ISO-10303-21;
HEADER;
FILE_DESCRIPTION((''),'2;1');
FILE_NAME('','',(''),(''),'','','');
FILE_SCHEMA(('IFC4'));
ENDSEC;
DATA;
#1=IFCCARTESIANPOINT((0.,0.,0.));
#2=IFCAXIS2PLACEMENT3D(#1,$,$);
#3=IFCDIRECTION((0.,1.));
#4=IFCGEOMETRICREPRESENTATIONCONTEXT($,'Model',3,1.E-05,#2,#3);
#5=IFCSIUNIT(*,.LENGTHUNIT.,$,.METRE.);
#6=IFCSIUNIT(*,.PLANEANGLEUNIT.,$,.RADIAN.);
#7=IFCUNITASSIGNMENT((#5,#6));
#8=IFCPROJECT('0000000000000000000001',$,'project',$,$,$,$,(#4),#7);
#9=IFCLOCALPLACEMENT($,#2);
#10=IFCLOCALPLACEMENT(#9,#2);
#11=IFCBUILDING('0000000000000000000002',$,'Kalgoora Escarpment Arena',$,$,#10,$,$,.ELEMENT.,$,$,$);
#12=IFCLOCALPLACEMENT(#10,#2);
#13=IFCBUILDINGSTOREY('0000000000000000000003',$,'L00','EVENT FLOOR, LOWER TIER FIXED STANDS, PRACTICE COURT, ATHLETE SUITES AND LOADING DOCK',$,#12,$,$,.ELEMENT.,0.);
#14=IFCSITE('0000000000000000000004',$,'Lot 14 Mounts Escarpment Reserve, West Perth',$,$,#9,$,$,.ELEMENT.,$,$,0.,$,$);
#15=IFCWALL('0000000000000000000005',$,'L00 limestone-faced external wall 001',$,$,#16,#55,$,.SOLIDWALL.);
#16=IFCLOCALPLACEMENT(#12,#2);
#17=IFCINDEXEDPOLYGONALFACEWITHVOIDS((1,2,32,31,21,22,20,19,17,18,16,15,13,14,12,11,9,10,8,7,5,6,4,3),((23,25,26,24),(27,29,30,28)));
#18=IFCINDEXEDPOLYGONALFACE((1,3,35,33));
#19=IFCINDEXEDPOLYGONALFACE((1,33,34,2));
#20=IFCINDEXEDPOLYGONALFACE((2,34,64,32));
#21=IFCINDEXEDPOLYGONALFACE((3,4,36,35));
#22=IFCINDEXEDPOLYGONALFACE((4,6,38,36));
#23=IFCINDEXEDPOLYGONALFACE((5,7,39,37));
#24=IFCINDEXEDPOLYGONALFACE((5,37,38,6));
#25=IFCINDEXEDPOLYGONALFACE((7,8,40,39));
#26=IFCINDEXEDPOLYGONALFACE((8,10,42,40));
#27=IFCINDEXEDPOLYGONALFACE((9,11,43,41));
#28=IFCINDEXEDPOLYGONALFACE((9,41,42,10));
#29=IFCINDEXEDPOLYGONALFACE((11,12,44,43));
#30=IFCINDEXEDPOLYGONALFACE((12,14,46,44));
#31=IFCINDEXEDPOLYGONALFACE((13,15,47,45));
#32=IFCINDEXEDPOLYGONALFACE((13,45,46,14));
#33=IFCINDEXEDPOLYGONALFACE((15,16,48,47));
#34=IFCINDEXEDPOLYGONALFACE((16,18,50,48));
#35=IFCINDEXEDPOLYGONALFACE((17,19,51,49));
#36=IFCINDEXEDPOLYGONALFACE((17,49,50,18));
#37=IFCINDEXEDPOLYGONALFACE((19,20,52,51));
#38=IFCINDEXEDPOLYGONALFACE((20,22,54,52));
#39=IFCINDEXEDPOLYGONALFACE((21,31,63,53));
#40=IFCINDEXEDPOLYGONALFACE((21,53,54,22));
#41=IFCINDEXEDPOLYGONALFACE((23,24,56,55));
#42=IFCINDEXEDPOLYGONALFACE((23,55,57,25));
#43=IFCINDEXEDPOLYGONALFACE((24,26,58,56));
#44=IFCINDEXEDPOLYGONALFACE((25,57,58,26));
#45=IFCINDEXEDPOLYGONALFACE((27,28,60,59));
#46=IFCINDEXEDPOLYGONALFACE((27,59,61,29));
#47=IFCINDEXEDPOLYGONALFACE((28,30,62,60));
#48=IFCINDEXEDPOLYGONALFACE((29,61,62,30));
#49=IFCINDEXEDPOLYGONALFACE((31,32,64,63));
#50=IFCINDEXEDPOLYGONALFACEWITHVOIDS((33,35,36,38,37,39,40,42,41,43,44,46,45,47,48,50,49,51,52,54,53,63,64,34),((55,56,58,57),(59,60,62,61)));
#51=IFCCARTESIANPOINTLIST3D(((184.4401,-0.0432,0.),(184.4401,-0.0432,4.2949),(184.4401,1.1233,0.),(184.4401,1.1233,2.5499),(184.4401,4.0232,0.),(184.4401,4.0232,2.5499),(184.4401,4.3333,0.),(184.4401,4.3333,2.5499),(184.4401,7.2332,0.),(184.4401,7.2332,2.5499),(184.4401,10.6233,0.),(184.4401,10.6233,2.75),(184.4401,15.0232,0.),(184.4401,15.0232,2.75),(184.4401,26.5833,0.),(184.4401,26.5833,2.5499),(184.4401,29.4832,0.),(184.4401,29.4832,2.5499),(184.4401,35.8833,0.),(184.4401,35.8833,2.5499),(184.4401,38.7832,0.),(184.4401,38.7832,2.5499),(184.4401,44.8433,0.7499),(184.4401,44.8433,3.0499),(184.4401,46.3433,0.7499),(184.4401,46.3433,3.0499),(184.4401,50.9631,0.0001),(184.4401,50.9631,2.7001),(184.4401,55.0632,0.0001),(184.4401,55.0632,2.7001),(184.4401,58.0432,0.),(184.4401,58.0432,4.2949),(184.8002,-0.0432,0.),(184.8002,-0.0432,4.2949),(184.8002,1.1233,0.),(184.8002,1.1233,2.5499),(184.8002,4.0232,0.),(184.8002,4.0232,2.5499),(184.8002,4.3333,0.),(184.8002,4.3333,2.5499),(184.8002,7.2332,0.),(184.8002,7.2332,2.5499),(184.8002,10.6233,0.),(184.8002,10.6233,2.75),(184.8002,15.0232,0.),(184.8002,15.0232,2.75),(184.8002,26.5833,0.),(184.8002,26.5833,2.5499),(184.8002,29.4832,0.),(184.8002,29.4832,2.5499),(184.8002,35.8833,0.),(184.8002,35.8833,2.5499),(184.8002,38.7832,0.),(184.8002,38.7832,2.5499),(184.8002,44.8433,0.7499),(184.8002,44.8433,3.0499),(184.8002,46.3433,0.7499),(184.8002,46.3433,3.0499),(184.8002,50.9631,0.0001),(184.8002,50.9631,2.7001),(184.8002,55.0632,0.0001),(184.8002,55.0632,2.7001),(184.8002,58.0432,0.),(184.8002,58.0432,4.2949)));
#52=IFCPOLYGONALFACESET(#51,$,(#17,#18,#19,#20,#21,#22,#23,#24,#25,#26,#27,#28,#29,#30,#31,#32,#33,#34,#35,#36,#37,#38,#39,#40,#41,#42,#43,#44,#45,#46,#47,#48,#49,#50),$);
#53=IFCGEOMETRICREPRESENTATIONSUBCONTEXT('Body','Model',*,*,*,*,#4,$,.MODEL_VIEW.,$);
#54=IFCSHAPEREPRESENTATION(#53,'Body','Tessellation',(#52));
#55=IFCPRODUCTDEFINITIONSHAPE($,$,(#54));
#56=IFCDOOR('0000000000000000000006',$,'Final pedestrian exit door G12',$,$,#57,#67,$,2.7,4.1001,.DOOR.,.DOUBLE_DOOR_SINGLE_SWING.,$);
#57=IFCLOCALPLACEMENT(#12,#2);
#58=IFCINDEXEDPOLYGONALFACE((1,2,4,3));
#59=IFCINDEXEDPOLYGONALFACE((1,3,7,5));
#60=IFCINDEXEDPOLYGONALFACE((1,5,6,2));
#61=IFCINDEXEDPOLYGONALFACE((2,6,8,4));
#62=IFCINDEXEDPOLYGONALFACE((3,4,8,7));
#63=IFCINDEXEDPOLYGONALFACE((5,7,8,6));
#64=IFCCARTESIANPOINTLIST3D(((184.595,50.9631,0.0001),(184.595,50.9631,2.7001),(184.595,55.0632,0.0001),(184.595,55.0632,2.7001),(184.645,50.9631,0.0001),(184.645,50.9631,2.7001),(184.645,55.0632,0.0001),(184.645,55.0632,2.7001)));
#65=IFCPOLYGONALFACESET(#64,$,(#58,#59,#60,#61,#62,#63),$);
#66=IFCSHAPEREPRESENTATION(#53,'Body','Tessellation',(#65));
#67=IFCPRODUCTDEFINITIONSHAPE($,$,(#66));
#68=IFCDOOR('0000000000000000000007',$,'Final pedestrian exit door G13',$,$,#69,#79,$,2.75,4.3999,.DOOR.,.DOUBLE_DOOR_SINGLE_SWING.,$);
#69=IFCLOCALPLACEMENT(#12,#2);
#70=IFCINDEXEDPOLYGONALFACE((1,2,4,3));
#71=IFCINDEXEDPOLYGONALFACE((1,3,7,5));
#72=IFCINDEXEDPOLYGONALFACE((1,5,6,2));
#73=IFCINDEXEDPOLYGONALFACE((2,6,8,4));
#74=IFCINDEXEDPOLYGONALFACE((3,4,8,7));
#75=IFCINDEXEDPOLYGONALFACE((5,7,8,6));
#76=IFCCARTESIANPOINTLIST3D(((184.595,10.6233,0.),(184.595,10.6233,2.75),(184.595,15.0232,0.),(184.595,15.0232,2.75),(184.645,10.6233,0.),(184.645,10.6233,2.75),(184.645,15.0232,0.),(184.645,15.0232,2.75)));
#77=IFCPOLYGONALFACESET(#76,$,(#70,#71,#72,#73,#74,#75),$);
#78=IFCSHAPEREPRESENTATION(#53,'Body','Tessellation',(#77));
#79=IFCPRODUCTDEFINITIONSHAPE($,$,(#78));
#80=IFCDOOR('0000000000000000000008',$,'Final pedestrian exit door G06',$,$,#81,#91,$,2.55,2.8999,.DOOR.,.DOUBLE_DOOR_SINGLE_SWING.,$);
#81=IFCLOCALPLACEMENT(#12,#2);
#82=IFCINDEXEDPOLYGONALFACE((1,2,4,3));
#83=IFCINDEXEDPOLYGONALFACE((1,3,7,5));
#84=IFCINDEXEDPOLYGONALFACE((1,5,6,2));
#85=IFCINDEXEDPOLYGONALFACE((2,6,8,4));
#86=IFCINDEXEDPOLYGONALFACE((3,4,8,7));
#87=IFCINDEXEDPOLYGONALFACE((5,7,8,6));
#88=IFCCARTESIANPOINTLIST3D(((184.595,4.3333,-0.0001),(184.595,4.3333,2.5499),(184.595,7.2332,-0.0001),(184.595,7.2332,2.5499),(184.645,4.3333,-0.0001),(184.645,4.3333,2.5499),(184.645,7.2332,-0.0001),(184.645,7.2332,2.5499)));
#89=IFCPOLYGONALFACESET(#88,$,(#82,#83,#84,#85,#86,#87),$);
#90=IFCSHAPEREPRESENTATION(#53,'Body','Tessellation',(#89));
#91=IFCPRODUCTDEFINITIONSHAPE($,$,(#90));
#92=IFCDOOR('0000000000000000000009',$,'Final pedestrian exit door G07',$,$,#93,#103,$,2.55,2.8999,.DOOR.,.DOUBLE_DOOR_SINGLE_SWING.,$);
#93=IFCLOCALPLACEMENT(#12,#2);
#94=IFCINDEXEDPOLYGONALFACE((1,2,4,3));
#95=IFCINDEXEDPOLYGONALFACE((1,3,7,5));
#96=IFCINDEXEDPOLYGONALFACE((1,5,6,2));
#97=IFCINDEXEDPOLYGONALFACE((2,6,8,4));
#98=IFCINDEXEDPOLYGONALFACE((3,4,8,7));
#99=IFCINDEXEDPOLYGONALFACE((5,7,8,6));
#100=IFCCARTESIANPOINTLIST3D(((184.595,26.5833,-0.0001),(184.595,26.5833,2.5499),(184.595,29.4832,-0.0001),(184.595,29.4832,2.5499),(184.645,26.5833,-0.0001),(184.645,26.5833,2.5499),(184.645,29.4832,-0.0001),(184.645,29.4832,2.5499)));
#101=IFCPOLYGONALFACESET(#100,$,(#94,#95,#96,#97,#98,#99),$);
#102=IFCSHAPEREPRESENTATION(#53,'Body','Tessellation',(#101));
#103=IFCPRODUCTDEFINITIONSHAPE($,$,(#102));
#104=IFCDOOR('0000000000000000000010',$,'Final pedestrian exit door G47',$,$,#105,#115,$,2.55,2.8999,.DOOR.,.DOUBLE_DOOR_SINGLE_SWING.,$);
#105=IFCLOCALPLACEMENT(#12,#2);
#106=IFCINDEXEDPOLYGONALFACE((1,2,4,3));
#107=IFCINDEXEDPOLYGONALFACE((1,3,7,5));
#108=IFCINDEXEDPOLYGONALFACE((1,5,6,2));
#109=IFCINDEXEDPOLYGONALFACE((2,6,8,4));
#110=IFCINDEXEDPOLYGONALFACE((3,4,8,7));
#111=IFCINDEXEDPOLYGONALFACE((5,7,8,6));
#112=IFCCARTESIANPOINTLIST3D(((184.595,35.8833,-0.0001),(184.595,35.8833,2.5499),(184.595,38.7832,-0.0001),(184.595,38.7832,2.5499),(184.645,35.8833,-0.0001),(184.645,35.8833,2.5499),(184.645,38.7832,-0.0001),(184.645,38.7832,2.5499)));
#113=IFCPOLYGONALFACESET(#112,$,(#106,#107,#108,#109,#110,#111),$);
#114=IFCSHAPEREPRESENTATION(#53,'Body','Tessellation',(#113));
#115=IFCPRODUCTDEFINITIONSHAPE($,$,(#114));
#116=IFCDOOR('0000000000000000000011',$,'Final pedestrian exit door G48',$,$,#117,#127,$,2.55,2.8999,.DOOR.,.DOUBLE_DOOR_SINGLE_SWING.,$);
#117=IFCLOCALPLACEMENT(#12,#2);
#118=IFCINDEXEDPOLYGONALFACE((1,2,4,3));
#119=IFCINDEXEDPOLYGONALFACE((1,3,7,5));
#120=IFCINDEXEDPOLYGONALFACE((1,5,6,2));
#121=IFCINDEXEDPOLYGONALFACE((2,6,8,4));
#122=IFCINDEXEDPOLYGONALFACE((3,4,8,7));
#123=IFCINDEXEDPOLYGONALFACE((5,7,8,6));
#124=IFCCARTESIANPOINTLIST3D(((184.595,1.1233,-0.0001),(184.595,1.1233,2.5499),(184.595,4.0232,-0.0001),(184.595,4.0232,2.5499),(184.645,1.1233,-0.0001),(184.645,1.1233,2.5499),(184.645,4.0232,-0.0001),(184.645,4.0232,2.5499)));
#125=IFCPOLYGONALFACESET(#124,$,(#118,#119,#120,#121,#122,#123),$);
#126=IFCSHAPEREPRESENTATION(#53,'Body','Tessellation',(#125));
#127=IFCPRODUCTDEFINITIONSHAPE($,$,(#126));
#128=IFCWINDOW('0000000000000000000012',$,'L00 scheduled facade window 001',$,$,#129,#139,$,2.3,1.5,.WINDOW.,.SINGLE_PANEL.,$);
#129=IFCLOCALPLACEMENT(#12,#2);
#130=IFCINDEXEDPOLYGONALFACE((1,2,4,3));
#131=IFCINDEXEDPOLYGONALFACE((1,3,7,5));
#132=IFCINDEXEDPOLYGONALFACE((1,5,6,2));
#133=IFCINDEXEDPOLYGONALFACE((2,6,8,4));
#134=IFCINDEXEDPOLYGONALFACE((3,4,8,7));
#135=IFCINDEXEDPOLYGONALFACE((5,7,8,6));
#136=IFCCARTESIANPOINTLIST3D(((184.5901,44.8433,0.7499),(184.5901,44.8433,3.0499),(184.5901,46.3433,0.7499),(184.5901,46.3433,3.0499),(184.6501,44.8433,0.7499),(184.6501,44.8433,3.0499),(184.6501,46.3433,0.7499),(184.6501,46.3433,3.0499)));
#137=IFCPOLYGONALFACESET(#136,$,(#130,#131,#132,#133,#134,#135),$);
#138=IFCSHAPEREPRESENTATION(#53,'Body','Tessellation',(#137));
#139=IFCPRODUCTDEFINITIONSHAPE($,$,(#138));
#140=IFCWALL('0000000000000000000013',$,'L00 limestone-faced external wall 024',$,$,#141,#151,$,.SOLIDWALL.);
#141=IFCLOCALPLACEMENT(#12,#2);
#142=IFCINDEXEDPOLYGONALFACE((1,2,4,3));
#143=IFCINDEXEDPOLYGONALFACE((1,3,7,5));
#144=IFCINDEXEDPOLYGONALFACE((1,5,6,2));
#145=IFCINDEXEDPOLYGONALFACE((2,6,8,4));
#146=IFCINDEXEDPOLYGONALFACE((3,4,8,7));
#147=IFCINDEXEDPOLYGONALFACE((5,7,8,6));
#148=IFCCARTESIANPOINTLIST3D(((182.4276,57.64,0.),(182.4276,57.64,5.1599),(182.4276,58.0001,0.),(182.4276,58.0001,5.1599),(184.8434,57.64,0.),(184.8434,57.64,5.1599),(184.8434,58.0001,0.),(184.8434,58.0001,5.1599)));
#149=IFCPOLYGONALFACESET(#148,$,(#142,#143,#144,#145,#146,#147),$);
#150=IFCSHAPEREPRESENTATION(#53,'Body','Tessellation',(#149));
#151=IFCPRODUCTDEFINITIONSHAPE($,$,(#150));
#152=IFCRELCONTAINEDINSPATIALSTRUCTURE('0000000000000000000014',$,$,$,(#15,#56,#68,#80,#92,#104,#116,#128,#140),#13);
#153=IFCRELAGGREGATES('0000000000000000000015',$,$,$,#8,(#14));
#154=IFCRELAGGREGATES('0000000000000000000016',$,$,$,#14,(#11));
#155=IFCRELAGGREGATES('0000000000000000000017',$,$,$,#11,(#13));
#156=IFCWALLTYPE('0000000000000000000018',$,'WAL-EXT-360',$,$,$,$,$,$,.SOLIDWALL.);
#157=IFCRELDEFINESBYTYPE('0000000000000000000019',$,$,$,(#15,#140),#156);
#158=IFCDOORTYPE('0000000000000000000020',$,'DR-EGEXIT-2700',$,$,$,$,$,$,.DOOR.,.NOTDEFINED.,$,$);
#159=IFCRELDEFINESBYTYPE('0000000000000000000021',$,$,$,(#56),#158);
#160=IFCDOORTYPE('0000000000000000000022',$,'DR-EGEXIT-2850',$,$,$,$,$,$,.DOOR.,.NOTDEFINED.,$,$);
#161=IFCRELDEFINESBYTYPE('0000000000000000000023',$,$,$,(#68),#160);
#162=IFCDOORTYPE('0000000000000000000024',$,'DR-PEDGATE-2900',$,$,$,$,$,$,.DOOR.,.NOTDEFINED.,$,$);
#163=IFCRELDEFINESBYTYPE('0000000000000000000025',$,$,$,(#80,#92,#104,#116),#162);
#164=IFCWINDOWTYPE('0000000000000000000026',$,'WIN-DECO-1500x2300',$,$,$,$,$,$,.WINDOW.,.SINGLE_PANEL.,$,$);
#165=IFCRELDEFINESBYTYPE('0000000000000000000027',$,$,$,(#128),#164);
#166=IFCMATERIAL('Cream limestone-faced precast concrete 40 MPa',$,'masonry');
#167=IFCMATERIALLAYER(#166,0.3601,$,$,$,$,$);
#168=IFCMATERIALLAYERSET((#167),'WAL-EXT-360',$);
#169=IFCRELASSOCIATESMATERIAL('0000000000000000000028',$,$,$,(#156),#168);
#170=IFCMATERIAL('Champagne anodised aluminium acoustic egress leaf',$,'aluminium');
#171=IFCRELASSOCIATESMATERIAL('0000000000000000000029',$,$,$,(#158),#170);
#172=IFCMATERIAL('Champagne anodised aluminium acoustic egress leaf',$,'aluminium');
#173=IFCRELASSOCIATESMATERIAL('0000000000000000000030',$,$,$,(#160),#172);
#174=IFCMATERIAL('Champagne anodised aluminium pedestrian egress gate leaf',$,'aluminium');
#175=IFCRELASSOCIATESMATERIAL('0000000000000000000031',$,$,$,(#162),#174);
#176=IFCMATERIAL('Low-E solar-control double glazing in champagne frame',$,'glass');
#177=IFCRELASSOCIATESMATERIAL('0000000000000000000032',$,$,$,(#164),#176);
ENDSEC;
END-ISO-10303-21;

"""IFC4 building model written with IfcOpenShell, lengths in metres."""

from ifc_helpers import new_model, si_unit, direction, frame, frame_2d, origin, place, context, subcontext, project, spatial, rectangle, extrude, material, layer, layer_set, type_object, element, fill, save


model = new_model("IFC4")

# Units and contexts
model_context = context("Model", 3, precision=1e-05, world=origin(), true_north=direction((0.0, 1.0)))
body_context = subcontext(model_context, "Body", "Model", "MODEL_VIEW")
ifc_project = project(units=[si_unit("LENGTHUNIT", "METRE"), si_unit("PLANEANGLEUNIT", "RADIAN")], contexts=[model_context])

# Site, building, storey
site_placement = place(None, origin())
site = spatial("IfcSite", under=ifc_project, at=site_placement, Name="Lot 14 Mounts Escarpment Reserve, West Perth", CompositionType="ELEMENT", RefElevation=0.0)
building_placement = place(site_placement, origin())
building = spatial("IfcBuilding", under=site, at=building_placement, Name="Kalgoora Escarpment Arena", CompositionType="ELEMENT")
storey_placement = place(building_placement, origin())
storey = spatial("IfcBuildingStorey", under=building, at=storey_placement, Name="L00", Description="EVENT FLOOR, LOWER TIER FIXED STANDS, PRACTICE COURT, ATHLETE SUITES AND LOADING DOCK", CompositionType="ELEMENT", Elevation=0.0)

# Wall, openings, doors, window
ifc_material_1 = material(Name="Cream limestone-faced precast concrete 40 MPa", Category="masonry")
ifc_layer_1 = layer(ifc_material_1, 0.3601)
ifc_layer_set_1 = layer_set([ifc_layer_1], Name="WAL-EXT-360")
wall_type_1 = type_object("IfcWallType", Name="WAL-EXT-360", PredefinedType="SOLIDWALL", material=ifc_layer_set_1)
wall_1_placement = place(storey_placement, frame((184.6201, 58.0432, 0.0), z_axis=(0.0, 0.0, 1.0), x_axis=(0.0, -1.0, 0.0)))
wall_1 = element("IfcWall", 1, at=wall_1_placement, inside=storey, type_object=wall_type_1, Name="L00 limestone-faced external wall 001", PredefinedType="SOLIDWALL", context=body_context, shape_type="SweptSolid", body=[
    extrude(rectangle(XDim=58.0864, YDim=0.3601, at=frame_2d((29.0432, 0.0))), origin(), (0.0, 0.0, 1.0), 4.2949),
])
opening_1_placement = place(wall_1_placement, frame((50.8101, 0.0, 0.0)))
opening_1 = element("IfcOpeningElement", 2, at=opening_1_placement, cuts=wall_1, PredefinedType="OPENING", context=body_context, shape_type="SweptSolid", body=[
    extrude(rectangle(XDim=2.8999, YDim=2.55, at=frame_2d((1.45, 1.2749))), frame((0.0, 0.1899, 0.0), z_axis=(0.0, -1.0, 0.0), x_axis=(1.0, 0.0, 0.0)), (0.0, 0.0, 1.0), 0.3801),
])
opening_2_placement = place(wall_1_placement, frame((28.5601, 0.0, 0.0)))
opening_2 = element("IfcOpeningElement", 3, at=opening_2_placement, cuts=wall_1, PredefinedType="OPENING", context=body_context, shape_type="SweptSolid", body=[
    extrude(rectangle(XDim=2.8999, YDim=2.55, at=frame_2d((1.45, 1.2749))), frame((0.0, 0.1899, 0.0), z_axis=(0.0, -1.0, 0.0), x_axis=(1.0, 0.0, 0.0)), (0.0, 0.0, 1.0), 0.3801),
])
opening_3_placement = place(wall_1_placement, frame((2.98, 0.0, 0.0)))
opening_3 = element("IfcOpeningElement", 4, at=opening_3_placement, cuts=wall_1, PredefinedType="OPENING", context=body_context, shape_type="SweptSolid", body=[
    extrude(rectangle(XDim=4.1001, YDim=2.7, at=frame_2d((2.05, 1.3501))), frame((0.0, 0.1899, 0.0), z_axis=(0.0, -1.0, 0.0), x_axis=(1.0, 0.0, 0.0)), (0.0, 0.0, 1.0), 0.3801),
])
opening_4_placement = place(wall_1_placement, frame((43.02, 0.0, 0.0)))
opening_4 = element("IfcOpeningElement", 5, at=opening_4_placement, cuts=wall_1, PredefinedType="OPENING", context=body_context, shape_type="SweptSolid", body=[
    extrude(rectangle(XDim=4.3999, YDim=2.75, at=frame_2d((2.2, 1.375))), frame((0.0, 0.1899, 0.0), z_axis=(0.0, -1.0, 0.0), x_axis=(1.0, 0.0, 0.0)), (0.0, 0.0, 1.0), 0.3801),
])
opening_5_placement = place(wall_1_placement, frame((19.26, 0.0, 0.0)))
opening_5 = element("IfcOpeningElement", 6, at=opening_5_placement, cuts=wall_1, PredefinedType="OPENING", context=body_context, shape_type="SweptSolid", body=[
    extrude(rectangle(XDim=2.8999, YDim=2.55, at=frame_2d((1.45, 1.2749))), frame((0.0, 0.1899, 0.0), z_axis=(0.0, -1.0, 0.0), x_axis=(1.0, 0.0, 0.0)), (0.0, 0.0, 1.0), 0.3801),
])
opening_6_placement = place(wall_1_placement, frame((54.02, 0.0, 0.0)))
opening_6 = element("IfcOpeningElement", 7, at=opening_6_placement, cuts=wall_1, PredefinedType="OPENING", context=body_context, shape_type="SweptSolid", body=[
    extrude(rectangle(XDim=2.8999, YDim=2.55, at=frame_2d((1.45, 1.2749))), frame((0.0, 0.1899, 0.0), z_axis=(0.0, -1.0, 0.0), x_axis=(1.0, 0.0, 0.0)), (0.0, 0.0, 1.0), 0.3801),
])
opening_7_placement = place(wall_1_placement, frame((11.7, 0.0, 0.75)))
opening_7 = element("IfcOpeningElement", 8, at=opening_7_placement, cuts=wall_1, PredefinedType="OPENING", context=body_context, shape_type="SweptSolid", body=[
    extrude(rectangle(XDim=1.5, YDim=2.3, at=frame_2d((0.75, 1.1499))), frame((0.0, 0.1899, 0.0), z_axis=(0.0, -1.0, 0.0), x_axis=(1.0, 0.0, 0.0)), (0.0, 0.0, 1.0), 0.3801),
])
ifc_material_2 = material(Name="Champagne anodised aluminium acoustic egress leaf", Category="aluminium")
door_type_1 = type_object("IfcDoorType", Name="DR-EGEXIT-2700", OperationType="NOTDEFINED", PredefinedType="DOOR", material=ifc_material_2)
door_1_placement = place(opening_3_placement, origin())
door_1 = element("IfcDoor", 9, at=door_1_placement, inside=storey, type_object=door_type_1, Name="Final pedestrian exit door G12", OperationType="DOUBLE_DOOR_SINGLE_SWING", OverallHeight=2.7, OverallWidth=4.1001, PredefinedType="DOOR", context=body_context, shape_type="SweptSolid", body=[
    extrude(rectangle(XDim=4.1001, YDim=2.7, at=frame_2d((2.05, 1.3501))), frame((0.0, 0.0249, 0.0), z_axis=(0.0, -1.0, 0.0), x_axis=(1.0, 0.0, 0.0)), (0.0, 0.0, 1.0), 0.05),
])
fill(opening_3, door_1)
ifc_material_3 = material(Name="Champagne anodised aluminium acoustic egress leaf", Category="aluminium")
door_type_2 = type_object("IfcDoorType", Name="DR-EGEXIT-2850", OperationType="NOTDEFINED", PredefinedType="DOOR", material=ifc_material_3)
door_2_placement = place(opening_4_placement, origin())
door_2 = element("IfcDoor", 10, at=door_2_placement, inside=storey, type_object=door_type_2, Name="Final pedestrian exit door G13", OperationType="DOUBLE_DOOR_SINGLE_SWING", OverallHeight=2.75, OverallWidth=4.3999, PredefinedType="DOOR", context=body_context, shape_type="SweptSolid", body=[
    extrude(rectangle(XDim=4.3999, YDim=2.75, at=frame_2d((2.2, 1.375))), frame((0.0, 0.0249, 0.0), z_axis=(0.0, -1.0, 0.0), x_axis=(1.0, 0.0, 0.0)), (0.0, 0.0, 1.0), 0.05),
])
fill(opening_4, door_2)
ifc_material_4 = material(Name="Champagne anodised aluminium pedestrian egress gate leaf", Category="aluminium")
door_type_3 = type_object("IfcDoorType", Name="DR-PEDGATE-2900", OperationType="NOTDEFINED", PredefinedType="DOOR", material=ifc_material_4)
door_3_placement = place(opening_1_placement, origin())
door_3 = element("IfcDoor", 11, at=door_3_placement, inside=storey, type_object=door_type_3, Name="Final pedestrian exit door G06", OperationType="DOUBLE_DOOR_SINGLE_SWING", OverallHeight=2.55, OverallWidth=2.8999, PredefinedType="DOOR", context=body_context, shape_type="SweptSolid", body=[
    extrude(rectangle(XDim=2.8999, YDim=2.55, at=frame_2d((1.45, 1.2749))), frame((0.0, 0.0249, 0.0), z_axis=(0.0, -1.0, 0.0), x_axis=(1.0, 0.0, 0.0)), (0.0, 0.0, 1.0), 0.05),
])
fill(opening_1, door_3)
door_4_placement = place(opening_2_placement, origin())
door_4 = element("IfcDoor", 12, at=door_4_placement, inside=storey, type_object=door_type_3, Name="Final pedestrian exit door G07", OperationType="DOUBLE_DOOR_SINGLE_SWING", OverallHeight=2.55, OverallWidth=2.8999, PredefinedType="DOOR", context=body_context, shape_type="SweptSolid", body=[
    extrude(rectangle(XDim=2.8999, YDim=2.55, at=frame_2d((1.45, 1.2749))), frame((0.0, 0.0249, 0.0), z_axis=(0.0, -1.0, 0.0), x_axis=(1.0, 0.0, 0.0)), (0.0, 0.0, 1.0), 0.05),
])
fill(opening_2, door_4)
door_5_placement = place(opening_5_placement, origin())
door_5 = element("IfcDoor", 13, at=door_5_placement, inside=storey, type_object=door_type_3, Name="Final pedestrian exit door G47", OperationType="DOUBLE_DOOR_SINGLE_SWING", OverallHeight=2.55, OverallWidth=2.8999, PredefinedType="DOOR", context=body_context, shape_type="SweptSolid", body=[
    extrude(rectangle(XDim=2.8999, YDim=2.55, at=frame_2d((1.45, 1.2749))), frame((0.0, 0.0249, 0.0), z_axis=(0.0, -1.0, 0.0), x_axis=(1.0, 0.0, 0.0)), (0.0, 0.0, 1.0), 0.05),
])
fill(opening_5, door_5)
door_6_placement = place(opening_6_placement, origin())
door_6 = element("IfcDoor", 14, at=door_6_placement, inside=storey, type_object=door_type_3, Name="Final pedestrian exit door G48", OperationType="DOUBLE_DOOR_SINGLE_SWING", OverallHeight=2.55, OverallWidth=2.8999, PredefinedType="DOOR", context=body_context, shape_type="SweptSolid", body=[
    extrude(rectangle(XDim=2.8999, YDim=2.55, at=frame_2d((1.45, 1.2749))), frame((0.0, 0.0249, 0.0), z_axis=(0.0, -1.0, 0.0), x_axis=(1.0, 0.0, 0.0)), (0.0, 0.0, 1.0), 0.05),
])
fill(opening_6, door_6)
ifc_material_5 = material(Name="Low-E solar-control double glazing in champagne frame", Category="glass")
window_type = type_object("IfcWindowType", Name="WIN-DECO-1500x2300", PartitioningType="SINGLE_PANEL", PredefinedType="WINDOW", material=ifc_material_5)
window_placement = place(opening_7_placement, origin())
window = element("IfcWindow", 15, at=window_placement, inside=storey, type_object=window_type, Name="L00 scheduled facade window 001", OverallHeight=2.3, OverallWidth=1.5, PartitioningType="SINGLE_PANEL", PredefinedType="WINDOW", context=body_context, shape_type="SweptSolid", body=[
    extrude(rectangle(XDim=1.5, YDim=2.3, at=frame_2d((0.75, 1.1499))), frame((0.0, 0.03, 0.0), z_axis=(0.0, -1.0, 0.0), x_axis=(1.0, 0.0, 0.0)), (0.0, 0.0, 1.0), 0.0601),
])
fill(opening_7, window)

# Wall
wall_2_placement = place(storey_placement, frame((182.4275, 57.8201, 0.0), z_axis=(0.0, 0.0, 1.0), x_axis=(1.0, 0.0, 0.0)))
element("IfcWall", 16, at=wall_2_placement, inside=storey, type_object=wall_type_1, Name="L00 limestone-faced external wall 024", PredefinedType="SOLIDWALL", context=body_context, shape_type="SweptSolid", body=[
    extrude(rectangle(XDim=2.4158, YDim=0.3601, at=frame_2d((1.208, 0.0))), origin(), (0.0, 0.0, 1.0), 5.1599),
])

save(model, "model.ifc")
